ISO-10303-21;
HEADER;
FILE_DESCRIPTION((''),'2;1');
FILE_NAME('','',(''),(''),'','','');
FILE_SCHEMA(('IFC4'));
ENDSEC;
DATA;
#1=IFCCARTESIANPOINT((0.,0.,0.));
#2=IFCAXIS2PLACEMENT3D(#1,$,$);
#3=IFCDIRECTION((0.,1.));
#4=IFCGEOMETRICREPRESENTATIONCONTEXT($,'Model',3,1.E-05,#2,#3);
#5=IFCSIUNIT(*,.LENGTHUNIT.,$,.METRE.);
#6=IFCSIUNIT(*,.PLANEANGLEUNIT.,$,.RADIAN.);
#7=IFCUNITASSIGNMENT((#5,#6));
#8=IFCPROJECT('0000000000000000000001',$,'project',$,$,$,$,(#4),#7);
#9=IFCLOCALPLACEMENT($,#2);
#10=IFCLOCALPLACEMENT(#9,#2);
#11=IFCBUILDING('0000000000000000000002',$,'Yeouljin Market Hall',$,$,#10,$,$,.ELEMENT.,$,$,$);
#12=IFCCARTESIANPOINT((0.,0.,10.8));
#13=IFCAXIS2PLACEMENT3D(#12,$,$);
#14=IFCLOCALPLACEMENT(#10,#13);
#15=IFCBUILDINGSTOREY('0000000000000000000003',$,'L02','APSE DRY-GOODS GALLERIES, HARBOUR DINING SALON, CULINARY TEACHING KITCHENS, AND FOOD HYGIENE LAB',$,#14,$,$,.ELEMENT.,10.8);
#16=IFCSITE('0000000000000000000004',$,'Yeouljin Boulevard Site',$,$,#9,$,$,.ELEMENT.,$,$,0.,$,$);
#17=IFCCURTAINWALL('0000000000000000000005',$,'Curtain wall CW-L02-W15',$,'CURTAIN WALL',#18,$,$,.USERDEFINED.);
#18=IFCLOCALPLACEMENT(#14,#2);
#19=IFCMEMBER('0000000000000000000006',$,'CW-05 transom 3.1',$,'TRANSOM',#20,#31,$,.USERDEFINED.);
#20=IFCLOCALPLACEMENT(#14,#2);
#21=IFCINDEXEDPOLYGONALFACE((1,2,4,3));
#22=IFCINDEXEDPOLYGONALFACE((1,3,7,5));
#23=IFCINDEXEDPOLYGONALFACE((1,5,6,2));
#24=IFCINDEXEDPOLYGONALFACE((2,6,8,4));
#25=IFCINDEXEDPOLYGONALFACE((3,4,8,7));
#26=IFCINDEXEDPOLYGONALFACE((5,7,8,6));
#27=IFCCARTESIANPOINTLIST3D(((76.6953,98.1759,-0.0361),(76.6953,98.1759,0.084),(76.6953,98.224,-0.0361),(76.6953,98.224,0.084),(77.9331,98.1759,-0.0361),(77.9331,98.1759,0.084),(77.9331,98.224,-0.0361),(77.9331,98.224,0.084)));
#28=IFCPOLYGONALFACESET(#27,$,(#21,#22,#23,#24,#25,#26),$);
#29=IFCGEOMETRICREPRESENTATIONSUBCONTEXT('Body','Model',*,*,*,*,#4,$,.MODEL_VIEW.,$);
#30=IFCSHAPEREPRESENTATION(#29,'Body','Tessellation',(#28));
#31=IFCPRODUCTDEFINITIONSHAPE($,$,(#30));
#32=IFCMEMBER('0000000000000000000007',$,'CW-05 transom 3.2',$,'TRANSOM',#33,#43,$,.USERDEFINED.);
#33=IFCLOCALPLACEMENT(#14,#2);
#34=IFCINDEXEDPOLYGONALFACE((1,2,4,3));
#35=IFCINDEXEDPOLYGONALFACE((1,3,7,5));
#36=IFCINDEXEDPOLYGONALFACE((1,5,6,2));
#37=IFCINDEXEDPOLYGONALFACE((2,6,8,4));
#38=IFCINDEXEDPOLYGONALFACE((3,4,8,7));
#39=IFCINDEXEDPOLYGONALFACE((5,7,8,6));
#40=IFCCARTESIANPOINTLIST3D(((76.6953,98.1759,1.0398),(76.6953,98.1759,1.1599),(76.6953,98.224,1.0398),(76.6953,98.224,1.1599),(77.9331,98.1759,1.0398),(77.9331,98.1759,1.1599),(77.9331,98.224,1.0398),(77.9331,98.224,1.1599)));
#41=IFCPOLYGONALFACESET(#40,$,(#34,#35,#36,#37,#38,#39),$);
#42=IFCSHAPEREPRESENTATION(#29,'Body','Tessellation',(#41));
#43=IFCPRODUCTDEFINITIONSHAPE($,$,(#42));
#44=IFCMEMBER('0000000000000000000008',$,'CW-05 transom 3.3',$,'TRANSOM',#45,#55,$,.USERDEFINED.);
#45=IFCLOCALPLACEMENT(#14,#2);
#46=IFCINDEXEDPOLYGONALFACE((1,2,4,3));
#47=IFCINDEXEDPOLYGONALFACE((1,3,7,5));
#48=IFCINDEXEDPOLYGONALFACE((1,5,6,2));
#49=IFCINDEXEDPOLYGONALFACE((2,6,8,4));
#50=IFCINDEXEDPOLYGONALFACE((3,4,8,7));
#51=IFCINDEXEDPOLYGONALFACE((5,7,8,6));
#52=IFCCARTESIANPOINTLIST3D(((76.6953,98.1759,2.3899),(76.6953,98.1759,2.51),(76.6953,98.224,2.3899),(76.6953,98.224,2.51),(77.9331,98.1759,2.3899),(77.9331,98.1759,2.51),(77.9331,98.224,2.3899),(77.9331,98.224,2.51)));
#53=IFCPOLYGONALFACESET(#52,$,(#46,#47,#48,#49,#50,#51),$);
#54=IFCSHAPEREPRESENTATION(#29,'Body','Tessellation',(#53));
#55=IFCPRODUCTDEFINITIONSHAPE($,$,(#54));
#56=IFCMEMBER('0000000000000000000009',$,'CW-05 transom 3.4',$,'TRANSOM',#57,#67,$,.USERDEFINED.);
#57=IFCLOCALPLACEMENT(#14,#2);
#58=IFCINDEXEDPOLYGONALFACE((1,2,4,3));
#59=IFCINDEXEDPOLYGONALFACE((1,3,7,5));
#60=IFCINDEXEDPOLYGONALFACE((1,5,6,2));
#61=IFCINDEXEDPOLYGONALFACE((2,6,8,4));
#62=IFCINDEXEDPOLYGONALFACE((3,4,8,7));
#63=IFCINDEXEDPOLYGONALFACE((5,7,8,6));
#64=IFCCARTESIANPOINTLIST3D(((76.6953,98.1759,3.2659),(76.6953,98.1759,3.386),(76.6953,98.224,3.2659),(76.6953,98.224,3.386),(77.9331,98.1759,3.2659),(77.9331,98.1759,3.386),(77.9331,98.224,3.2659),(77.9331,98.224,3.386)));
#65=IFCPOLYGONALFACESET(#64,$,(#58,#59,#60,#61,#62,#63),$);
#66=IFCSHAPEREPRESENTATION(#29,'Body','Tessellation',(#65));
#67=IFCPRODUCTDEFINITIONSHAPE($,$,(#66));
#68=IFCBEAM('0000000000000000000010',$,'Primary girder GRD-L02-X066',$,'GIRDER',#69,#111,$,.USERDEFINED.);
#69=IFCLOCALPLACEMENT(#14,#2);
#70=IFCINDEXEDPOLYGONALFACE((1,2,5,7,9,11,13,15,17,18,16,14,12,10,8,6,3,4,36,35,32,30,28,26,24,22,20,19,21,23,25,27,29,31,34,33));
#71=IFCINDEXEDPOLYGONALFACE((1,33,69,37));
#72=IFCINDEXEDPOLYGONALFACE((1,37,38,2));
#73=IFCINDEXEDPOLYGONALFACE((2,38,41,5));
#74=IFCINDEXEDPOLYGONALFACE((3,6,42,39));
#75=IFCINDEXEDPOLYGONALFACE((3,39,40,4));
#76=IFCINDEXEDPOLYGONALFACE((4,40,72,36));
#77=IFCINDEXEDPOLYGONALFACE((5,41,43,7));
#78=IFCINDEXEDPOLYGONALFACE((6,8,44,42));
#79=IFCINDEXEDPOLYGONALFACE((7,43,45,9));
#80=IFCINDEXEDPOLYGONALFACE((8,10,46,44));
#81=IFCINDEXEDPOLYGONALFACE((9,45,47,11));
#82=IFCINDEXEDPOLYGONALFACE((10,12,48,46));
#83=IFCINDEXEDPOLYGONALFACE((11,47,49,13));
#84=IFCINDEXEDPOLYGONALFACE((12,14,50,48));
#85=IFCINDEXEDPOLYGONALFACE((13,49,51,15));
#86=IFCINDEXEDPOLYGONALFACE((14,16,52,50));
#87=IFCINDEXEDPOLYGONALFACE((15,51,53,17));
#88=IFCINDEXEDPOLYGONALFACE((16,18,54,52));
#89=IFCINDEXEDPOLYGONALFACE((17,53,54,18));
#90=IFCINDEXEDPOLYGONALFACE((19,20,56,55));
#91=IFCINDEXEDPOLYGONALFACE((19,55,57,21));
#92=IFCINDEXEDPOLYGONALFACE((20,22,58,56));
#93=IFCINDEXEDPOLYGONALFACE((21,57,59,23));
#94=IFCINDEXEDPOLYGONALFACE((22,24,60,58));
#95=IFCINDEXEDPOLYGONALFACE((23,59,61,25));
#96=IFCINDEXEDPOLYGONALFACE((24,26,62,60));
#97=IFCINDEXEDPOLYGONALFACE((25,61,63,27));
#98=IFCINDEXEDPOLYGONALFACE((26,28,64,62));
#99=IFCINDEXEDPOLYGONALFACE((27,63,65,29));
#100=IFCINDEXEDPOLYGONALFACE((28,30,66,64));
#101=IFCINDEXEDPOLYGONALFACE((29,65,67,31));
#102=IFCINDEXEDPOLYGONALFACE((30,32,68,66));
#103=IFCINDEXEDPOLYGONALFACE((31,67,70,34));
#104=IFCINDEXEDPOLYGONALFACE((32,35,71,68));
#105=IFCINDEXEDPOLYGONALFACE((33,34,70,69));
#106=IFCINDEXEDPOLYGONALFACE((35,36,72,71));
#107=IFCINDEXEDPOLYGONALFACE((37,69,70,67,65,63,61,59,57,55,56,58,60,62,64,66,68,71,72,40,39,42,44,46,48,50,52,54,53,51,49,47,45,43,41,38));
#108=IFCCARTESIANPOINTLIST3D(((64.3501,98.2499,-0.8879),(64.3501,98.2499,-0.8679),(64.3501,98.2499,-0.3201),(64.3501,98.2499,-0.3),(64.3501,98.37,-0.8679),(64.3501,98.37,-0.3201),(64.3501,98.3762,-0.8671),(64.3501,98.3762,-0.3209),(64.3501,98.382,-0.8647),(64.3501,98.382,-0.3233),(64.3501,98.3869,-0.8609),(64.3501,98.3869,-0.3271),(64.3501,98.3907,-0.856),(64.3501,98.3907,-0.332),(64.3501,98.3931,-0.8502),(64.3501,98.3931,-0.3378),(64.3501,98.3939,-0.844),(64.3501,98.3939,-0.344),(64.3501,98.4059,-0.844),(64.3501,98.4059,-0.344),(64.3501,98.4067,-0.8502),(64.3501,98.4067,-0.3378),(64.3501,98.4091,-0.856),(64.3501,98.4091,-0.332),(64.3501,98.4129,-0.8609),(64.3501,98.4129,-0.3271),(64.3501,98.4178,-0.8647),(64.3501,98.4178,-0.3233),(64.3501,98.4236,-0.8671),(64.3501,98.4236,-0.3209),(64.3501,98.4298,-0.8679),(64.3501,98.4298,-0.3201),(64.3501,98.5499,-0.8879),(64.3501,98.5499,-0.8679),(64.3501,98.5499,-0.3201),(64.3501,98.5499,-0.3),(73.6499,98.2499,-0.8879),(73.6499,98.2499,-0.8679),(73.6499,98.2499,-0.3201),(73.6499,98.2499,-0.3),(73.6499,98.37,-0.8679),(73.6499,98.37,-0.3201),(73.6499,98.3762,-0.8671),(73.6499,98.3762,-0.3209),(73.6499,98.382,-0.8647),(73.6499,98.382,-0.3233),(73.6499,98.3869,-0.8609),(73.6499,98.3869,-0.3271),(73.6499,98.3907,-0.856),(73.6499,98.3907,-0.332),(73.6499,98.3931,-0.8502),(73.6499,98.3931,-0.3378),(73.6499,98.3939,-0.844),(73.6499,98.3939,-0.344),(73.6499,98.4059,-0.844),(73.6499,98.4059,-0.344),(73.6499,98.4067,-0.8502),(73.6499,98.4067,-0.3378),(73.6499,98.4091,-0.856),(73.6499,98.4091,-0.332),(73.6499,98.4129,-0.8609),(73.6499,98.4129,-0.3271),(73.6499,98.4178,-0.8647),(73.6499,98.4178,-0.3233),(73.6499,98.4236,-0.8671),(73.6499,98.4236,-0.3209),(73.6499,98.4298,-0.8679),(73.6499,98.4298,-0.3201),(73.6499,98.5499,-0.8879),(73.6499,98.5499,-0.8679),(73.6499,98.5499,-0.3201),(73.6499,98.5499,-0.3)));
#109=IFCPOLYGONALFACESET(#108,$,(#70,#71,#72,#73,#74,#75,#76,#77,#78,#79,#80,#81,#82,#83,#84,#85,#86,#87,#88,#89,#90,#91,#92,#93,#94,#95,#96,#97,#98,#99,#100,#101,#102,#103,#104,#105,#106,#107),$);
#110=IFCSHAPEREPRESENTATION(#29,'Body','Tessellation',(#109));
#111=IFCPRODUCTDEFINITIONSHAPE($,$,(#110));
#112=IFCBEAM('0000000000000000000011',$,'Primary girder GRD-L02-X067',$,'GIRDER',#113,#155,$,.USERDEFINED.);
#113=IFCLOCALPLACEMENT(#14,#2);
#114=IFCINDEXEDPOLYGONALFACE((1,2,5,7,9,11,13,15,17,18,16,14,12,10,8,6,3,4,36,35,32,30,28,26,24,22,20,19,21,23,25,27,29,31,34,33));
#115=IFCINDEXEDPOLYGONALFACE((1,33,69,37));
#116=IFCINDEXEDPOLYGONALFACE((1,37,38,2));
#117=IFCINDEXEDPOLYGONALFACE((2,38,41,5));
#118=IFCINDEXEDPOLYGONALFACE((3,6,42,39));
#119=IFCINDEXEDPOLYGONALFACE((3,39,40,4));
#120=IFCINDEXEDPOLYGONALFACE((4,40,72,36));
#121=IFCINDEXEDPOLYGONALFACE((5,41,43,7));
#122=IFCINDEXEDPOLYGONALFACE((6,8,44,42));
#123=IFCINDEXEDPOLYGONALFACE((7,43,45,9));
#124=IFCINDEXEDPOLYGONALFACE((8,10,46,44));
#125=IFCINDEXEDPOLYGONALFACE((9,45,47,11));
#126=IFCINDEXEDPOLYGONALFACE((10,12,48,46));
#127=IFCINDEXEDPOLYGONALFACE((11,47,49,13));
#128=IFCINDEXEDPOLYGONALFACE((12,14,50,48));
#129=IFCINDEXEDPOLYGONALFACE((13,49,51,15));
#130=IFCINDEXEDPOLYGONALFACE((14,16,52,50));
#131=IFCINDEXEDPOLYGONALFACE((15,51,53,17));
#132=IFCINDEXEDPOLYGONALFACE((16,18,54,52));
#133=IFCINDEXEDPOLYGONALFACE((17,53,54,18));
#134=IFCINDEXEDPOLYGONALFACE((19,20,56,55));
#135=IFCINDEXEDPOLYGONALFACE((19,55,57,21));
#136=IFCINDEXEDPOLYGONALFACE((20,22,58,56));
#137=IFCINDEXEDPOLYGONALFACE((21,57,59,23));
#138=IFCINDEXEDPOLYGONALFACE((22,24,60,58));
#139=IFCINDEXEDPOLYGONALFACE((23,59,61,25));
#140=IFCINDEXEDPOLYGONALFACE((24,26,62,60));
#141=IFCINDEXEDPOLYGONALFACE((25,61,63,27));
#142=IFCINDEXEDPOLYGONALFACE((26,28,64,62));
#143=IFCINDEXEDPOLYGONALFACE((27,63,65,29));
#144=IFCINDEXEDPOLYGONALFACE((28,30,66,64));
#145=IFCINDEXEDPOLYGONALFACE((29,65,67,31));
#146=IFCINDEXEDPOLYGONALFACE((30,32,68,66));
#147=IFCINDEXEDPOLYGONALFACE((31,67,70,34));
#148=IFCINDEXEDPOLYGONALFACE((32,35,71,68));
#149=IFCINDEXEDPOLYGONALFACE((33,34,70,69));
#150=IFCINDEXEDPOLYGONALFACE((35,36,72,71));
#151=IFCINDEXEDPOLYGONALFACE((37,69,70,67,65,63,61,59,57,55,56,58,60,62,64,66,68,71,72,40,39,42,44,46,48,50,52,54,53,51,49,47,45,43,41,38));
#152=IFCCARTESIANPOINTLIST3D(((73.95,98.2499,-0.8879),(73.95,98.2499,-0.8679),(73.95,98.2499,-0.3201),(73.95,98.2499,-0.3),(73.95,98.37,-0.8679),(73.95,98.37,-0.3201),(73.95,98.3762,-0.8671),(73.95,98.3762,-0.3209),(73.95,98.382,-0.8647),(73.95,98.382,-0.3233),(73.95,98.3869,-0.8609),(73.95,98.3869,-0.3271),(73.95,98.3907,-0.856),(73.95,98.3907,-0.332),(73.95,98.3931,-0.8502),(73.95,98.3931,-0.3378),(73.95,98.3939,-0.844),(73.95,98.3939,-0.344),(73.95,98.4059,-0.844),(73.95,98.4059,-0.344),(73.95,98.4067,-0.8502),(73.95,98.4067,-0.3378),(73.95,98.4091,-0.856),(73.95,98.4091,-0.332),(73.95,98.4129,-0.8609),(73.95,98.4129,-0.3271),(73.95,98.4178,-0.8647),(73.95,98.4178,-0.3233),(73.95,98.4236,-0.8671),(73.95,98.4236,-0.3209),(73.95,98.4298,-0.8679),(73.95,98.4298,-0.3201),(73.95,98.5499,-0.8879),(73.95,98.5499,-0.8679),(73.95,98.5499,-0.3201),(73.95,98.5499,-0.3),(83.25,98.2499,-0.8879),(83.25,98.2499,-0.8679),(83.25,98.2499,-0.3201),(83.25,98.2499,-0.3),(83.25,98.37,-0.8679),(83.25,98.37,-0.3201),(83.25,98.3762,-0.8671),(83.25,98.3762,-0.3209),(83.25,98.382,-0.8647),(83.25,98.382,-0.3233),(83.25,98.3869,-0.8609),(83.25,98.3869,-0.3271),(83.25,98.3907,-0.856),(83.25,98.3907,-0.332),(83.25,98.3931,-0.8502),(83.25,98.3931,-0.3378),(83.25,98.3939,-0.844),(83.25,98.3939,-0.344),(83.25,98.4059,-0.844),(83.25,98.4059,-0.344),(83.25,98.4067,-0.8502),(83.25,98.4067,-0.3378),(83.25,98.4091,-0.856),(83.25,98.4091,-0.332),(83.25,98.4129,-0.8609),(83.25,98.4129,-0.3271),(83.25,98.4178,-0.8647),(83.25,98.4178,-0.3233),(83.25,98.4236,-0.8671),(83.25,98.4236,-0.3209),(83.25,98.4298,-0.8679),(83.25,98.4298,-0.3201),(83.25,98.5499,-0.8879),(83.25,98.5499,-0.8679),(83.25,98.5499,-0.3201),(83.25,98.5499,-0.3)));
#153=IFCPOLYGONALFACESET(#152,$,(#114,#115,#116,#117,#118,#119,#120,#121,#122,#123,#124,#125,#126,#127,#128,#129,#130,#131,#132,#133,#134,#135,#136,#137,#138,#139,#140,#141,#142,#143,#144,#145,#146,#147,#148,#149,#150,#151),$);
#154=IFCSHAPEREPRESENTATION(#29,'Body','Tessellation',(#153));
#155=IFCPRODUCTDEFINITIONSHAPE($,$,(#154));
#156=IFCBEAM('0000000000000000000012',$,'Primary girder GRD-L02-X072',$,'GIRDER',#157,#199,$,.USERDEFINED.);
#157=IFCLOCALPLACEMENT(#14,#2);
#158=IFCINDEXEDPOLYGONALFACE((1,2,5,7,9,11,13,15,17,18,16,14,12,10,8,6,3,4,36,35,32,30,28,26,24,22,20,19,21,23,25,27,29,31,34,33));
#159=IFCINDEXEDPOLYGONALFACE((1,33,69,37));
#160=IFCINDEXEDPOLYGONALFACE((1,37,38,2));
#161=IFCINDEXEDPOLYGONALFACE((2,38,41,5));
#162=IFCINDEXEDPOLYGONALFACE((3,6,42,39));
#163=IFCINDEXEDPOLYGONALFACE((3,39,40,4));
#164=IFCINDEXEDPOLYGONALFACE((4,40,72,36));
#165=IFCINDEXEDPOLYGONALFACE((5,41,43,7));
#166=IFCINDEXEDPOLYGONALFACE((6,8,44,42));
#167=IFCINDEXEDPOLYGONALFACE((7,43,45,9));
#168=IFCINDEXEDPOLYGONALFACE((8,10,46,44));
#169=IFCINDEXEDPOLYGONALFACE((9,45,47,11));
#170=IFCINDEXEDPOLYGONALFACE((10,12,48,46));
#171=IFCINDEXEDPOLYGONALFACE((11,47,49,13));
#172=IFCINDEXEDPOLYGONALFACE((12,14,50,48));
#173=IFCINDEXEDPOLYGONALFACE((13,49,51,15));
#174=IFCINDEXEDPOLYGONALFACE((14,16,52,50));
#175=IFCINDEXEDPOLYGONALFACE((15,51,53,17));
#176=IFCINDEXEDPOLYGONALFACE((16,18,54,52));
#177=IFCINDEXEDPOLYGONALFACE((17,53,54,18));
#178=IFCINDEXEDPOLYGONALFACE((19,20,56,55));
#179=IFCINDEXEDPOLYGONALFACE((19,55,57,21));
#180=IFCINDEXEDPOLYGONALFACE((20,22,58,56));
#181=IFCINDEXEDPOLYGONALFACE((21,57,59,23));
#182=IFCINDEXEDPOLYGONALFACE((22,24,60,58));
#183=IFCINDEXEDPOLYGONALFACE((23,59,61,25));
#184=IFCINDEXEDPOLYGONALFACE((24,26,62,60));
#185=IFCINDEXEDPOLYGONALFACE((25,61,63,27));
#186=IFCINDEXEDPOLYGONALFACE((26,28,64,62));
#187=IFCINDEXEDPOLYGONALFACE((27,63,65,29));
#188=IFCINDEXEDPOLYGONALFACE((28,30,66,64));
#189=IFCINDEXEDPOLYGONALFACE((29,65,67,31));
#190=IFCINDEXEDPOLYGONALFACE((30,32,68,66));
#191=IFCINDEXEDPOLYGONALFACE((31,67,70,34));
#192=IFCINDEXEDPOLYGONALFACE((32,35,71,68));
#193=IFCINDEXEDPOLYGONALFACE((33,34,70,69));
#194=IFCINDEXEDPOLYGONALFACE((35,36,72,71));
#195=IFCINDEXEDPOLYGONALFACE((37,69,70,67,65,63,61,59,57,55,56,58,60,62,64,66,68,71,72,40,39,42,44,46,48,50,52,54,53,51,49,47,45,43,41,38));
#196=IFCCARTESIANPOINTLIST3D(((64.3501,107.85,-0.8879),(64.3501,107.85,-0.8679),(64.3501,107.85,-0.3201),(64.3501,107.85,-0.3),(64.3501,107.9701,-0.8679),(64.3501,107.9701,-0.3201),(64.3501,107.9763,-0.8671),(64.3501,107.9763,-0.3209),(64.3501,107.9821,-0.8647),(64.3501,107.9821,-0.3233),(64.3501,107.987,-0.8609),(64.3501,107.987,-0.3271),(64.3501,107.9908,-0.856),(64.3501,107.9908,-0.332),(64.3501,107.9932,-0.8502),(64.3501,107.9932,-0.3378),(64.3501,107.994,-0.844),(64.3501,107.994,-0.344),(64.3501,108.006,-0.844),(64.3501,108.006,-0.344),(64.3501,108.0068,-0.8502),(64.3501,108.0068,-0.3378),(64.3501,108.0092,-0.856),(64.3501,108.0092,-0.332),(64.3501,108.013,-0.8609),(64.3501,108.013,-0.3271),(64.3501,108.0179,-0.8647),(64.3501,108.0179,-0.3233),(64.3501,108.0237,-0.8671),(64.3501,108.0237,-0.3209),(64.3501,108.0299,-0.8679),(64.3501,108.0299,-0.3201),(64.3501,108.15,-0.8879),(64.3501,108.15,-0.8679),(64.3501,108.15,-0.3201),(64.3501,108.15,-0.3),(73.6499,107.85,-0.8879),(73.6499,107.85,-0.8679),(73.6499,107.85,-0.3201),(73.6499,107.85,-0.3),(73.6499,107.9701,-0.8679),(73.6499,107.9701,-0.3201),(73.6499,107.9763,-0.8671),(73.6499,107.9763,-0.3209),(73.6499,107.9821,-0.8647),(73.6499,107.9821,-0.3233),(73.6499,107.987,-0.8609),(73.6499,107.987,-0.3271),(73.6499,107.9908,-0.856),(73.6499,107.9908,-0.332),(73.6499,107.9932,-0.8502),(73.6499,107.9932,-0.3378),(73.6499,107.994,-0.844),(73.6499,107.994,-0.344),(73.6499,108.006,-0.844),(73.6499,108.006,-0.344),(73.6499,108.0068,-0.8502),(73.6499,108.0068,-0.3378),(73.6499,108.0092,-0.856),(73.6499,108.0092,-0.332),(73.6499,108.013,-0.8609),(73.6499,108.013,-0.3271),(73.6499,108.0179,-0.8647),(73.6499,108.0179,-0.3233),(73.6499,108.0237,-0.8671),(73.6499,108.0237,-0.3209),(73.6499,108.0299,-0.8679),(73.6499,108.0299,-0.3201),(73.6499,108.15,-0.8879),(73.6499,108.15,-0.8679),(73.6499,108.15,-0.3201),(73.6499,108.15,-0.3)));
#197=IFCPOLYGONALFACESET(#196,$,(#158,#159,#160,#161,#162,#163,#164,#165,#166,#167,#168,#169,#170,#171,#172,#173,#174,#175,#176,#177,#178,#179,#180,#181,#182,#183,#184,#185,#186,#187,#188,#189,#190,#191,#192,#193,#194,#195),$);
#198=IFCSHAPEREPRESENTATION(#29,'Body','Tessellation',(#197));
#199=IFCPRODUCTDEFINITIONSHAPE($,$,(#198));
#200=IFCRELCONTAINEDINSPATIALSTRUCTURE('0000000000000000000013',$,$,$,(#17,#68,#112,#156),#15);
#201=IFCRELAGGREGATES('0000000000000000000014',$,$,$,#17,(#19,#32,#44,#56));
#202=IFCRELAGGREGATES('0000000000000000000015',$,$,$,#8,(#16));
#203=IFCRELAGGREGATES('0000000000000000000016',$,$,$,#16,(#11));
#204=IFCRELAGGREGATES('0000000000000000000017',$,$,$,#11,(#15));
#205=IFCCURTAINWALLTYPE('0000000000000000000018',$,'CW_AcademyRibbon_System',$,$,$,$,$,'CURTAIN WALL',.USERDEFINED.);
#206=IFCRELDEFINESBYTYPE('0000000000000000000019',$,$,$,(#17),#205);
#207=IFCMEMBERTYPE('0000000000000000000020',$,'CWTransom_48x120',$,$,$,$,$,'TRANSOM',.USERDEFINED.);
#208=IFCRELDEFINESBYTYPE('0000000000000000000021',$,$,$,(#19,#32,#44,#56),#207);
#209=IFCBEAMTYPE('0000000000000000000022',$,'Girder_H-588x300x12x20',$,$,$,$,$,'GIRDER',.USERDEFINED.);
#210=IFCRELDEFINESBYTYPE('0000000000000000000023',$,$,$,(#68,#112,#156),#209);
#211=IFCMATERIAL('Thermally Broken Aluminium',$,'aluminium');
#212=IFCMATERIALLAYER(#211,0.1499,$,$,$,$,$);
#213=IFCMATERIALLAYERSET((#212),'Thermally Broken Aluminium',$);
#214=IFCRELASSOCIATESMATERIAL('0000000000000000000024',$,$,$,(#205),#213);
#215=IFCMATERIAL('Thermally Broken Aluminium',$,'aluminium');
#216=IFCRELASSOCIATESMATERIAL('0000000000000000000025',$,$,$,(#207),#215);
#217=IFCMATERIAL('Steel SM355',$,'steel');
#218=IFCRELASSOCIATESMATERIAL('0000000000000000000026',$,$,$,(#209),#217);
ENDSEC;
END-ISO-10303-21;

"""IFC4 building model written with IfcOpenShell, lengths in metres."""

from ifc_helpers import new_model, si_unit, direction, frame, origin, origin_2d, place, context, subcontext, project, spatial, rectangle, i_section, extrude, material, layer, layer_set, material_profile, profile_set, type_object, element, aggregate, save


model = new_model("IFC4")

# Units and contexts
model_context = context("Model", 3, precision=1e-05, world=origin(), true_north=direction((0.0, 1.0)))
body_context = subcontext(model_context, "Body", "Model", "MODEL_VIEW")
ifc_project = project(units=[si_unit("LENGTHUNIT", "METRE"), si_unit("PLANEANGLEUNIT", "RADIAN")], contexts=[model_context])

# Site, building, storey
site_placement = place(None, origin())
site = spatial("IfcSite", under=ifc_project, at=site_placement, Name="Yeouljin Boulevard Site", CompositionType="ELEMENT", RefElevation=0.0)
building_placement = place(site_placement, origin())
building = spatial("IfcBuilding", under=site, at=building_placement, Name="Yeouljin Market Hall", CompositionType="ELEMENT")
storey_placement = place(building_placement, frame((0.0, 0.0, 10.8)))
storey = spatial("IfcBuildingStorey", under=building, at=storey_placement, Name="L02", Description="APSE DRY-GOODS GALLERIES, HARBOUR DINING SALON, CULINARY TEACHING KITCHENS, AND FOOD HYGIENE LAB", CompositionType="ELEMENT", Elevation=10.8)

# Curtain wall, members
ifc_material_1 = material(Name="Thermally Broken Aluminium", Category="aluminium")
ifc_layer_1 = layer(ifc_material_1, 0.1499)
ifc_layer_set_1 = layer_set([ifc_layer_1], Name="Thermally Broken Aluminium")
curtain_wall_type = type_object("IfcCurtainWallType", Name="CW_AcademyRibbon_System", ElementType="CURTAIN WALL", PredefinedType="USERDEFINED", material=ifc_layer_set_1)
curtain_wall_placement = place(storey_placement, origin())
curtain_wall = element("IfcCurtainWall", 1, at=curtain_wall_placement, inside=storey, type_object=curtain_wall_type, Name="Curtain wall CW-L02-W15", ObjectType="CURTAIN WALL", PredefinedType="USERDEFINED")
ifc_material_2 = material(Name="Thermally Broken Aluminium", Category="aluminium")
ifc_material_profile_1 = material_profile(ifc_material_2, rectangle(XDim=0.0481, YDim=0.1201, at=origin_2d()), Name="CW-TRAN-48x120")
ifc_profile_set_1 = profile_set([ifc_material_profile_1], Name="Thermally Broken Aluminium")
member_type = type_object("IfcMemberType", Name="CWTransom_48x120", ElementType="TRANSOM", PredefinedType="USERDEFINED", material=ifc_profile_set_1)
member_1_placement = place(storey_placement, frame((76.6953, 98.2, 0.0239), z_axis=(1.0, 0.0, 0.0), x_axis=(0.0, 1.0, 0.0)))
member_1 = element("IfcMember", 2, at=member_1_placement, type_object=member_type, Name="CW-05 transom 3.1", ObjectType="TRANSOM", PredefinedType="USERDEFINED", context=body_context, shape_type="SweptSolid", body=[
    extrude(rectangle(XDim=0.0481, YDim=0.1201, at=origin_2d()), origin(), (0.0, 0.0, 1.0), 1.2378),
])
member_2_placement = place(storey_placement, frame((76.6953, 98.2, 1.0999), z_axis=(1.0, 0.0, 0.0), x_axis=(0.0, 1.0, 0.0)))
member_2 = element("IfcMember", 3, at=member_2_placement, type_object=member_type, Name="CW-05 transom 3.2", ObjectType="TRANSOM", PredefinedType="USERDEFINED", context=body_context, shape_type="SweptSolid", body=[
    extrude(rectangle(XDim=0.0481, YDim=0.1201, at=origin_2d()), origin(), (0.0, 0.0, 1.0), 1.2378),
])
member_3_placement = place(storey_placement, frame((76.6953, 98.2, 2.45), z_axis=(1.0, 0.0, 0.0), x_axis=(0.0, 1.0, 0.0)))
member_3 = element("IfcMember", 4, at=member_3_placement, type_object=member_type, Name="CW-05 transom 3.3", ObjectType="TRANSOM", PredefinedType="USERDEFINED", context=body_context, shape_type="SweptSolid", body=[
    extrude(rectangle(XDim=0.0481, YDim=0.1201, at=origin_2d()), origin(), (0.0, 0.0, 1.0), 1.2378),
])
member_4_placement = place(storey_placement, frame((76.6953, 98.2, 3.3259), z_axis=(1.0, 0.0, 0.0), x_axis=(0.0, 1.0, 0.0)))
member_4 = element("IfcMember", 5, at=member_4_placement, type_object=member_type, Name="CW-05 transom 3.4", ObjectType="TRANSOM", PredefinedType="USERDEFINED", context=body_context, shape_type="SweptSolid", body=[
    extrude(rectangle(XDim=0.0481, YDim=0.1201, at=origin_2d()), origin(), (0.0, 0.0, 1.0), 1.2378),
])

# Beams
ifc_material_3 = material(Name="Steel SM355", Category="steel")
ifc_material_profile_2 = material_profile(ifc_material_3, i_section(OverallWidth=0.3, OverallDepth=0.5879, WebThickness=0.012, FlangeThickness=0.02, FilletRadius=0.0239, at=origin_2d()), Name="H-588x300x12x20")
ifc_profile_set_2 = profile_set([ifc_material_profile_2], Name="Steel SM355")
beam_type_1 = type_object("IfcBeamType", Name="Girder_H-588x300x12x20", ElementType="GIRDER", PredefinedType="USERDEFINED", material=ifc_profile_set_2)
beam_1_placement = place(storey_placement, frame((64.3501, 98.3999, -0.594), z_axis=(1.0, 0.0, 0.0), x_axis=(0.0, 1.0, 0.0)))
element("IfcBeam", 6, at=beam_1_placement, inside=storey, type_object=beam_type_1, Name="Primary girder GRD-L02-X066", ObjectType="GIRDER", PredefinedType="USERDEFINED", context=body_context, shape_type="SweptSolid", body=[
    extrude(i_section(OverallWidth=0.3, OverallDepth=0.5879, WebThickness=0.012, FlangeThickness=0.02, FilletRadius=0.0239, at=origin_2d()), origin(), (0.0, 0.0, 1.0), 9.2998),
])
beam_2_placement = place(storey_placement, frame((73.95, 98.3999, -0.594), z_axis=(1.0, 0.0, 0.0), x_axis=(0.0, 1.0, 0.0)))
element("IfcBeam", 7, at=beam_2_placement, inside=storey, type_object=beam_type_1, Name="Primary girder GRD-L02-X067", ObjectType="GIRDER", PredefinedType="USERDEFINED", context=body_context, shape_type="SweptSolid", body=[
    extrude(i_section(OverallWidth=0.3, OverallDepth=0.5879, WebThickness=0.012, FlangeThickness=0.02, FilletRadius=0.0239, at=origin_2d()), origin(), (0.0, 0.0, 1.0), 9.3),
])
beam_3_placement = place(storey_placement, frame((64.3501, 108.0, -0.594), z_axis=(1.0, 0.0, 0.0), x_axis=(0.0, 1.0, 0.0)))
element("IfcBeam", 8, at=beam_3_placement, inside=storey, type_object=beam_type_1, Name="Primary girder GRD-L02-X072", ObjectType="GIRDER", PredefinedType="USERDEFINED", context=body_context, shape_type="SweptSolid", body=[
    extrude(i_section(OverallWidth=0.3, OverallDepth=0.5879, WebThickness=0.012, FlangeThickness=0.02, FilletRadius=0.0239, at=origin_2d()), origin(), (0.0, 0.0, 1.0), 9.2998),
])

aggregate(curtain_wall, [member_1, member_2, member_3, member_4])

save(model, "model.ifc")
